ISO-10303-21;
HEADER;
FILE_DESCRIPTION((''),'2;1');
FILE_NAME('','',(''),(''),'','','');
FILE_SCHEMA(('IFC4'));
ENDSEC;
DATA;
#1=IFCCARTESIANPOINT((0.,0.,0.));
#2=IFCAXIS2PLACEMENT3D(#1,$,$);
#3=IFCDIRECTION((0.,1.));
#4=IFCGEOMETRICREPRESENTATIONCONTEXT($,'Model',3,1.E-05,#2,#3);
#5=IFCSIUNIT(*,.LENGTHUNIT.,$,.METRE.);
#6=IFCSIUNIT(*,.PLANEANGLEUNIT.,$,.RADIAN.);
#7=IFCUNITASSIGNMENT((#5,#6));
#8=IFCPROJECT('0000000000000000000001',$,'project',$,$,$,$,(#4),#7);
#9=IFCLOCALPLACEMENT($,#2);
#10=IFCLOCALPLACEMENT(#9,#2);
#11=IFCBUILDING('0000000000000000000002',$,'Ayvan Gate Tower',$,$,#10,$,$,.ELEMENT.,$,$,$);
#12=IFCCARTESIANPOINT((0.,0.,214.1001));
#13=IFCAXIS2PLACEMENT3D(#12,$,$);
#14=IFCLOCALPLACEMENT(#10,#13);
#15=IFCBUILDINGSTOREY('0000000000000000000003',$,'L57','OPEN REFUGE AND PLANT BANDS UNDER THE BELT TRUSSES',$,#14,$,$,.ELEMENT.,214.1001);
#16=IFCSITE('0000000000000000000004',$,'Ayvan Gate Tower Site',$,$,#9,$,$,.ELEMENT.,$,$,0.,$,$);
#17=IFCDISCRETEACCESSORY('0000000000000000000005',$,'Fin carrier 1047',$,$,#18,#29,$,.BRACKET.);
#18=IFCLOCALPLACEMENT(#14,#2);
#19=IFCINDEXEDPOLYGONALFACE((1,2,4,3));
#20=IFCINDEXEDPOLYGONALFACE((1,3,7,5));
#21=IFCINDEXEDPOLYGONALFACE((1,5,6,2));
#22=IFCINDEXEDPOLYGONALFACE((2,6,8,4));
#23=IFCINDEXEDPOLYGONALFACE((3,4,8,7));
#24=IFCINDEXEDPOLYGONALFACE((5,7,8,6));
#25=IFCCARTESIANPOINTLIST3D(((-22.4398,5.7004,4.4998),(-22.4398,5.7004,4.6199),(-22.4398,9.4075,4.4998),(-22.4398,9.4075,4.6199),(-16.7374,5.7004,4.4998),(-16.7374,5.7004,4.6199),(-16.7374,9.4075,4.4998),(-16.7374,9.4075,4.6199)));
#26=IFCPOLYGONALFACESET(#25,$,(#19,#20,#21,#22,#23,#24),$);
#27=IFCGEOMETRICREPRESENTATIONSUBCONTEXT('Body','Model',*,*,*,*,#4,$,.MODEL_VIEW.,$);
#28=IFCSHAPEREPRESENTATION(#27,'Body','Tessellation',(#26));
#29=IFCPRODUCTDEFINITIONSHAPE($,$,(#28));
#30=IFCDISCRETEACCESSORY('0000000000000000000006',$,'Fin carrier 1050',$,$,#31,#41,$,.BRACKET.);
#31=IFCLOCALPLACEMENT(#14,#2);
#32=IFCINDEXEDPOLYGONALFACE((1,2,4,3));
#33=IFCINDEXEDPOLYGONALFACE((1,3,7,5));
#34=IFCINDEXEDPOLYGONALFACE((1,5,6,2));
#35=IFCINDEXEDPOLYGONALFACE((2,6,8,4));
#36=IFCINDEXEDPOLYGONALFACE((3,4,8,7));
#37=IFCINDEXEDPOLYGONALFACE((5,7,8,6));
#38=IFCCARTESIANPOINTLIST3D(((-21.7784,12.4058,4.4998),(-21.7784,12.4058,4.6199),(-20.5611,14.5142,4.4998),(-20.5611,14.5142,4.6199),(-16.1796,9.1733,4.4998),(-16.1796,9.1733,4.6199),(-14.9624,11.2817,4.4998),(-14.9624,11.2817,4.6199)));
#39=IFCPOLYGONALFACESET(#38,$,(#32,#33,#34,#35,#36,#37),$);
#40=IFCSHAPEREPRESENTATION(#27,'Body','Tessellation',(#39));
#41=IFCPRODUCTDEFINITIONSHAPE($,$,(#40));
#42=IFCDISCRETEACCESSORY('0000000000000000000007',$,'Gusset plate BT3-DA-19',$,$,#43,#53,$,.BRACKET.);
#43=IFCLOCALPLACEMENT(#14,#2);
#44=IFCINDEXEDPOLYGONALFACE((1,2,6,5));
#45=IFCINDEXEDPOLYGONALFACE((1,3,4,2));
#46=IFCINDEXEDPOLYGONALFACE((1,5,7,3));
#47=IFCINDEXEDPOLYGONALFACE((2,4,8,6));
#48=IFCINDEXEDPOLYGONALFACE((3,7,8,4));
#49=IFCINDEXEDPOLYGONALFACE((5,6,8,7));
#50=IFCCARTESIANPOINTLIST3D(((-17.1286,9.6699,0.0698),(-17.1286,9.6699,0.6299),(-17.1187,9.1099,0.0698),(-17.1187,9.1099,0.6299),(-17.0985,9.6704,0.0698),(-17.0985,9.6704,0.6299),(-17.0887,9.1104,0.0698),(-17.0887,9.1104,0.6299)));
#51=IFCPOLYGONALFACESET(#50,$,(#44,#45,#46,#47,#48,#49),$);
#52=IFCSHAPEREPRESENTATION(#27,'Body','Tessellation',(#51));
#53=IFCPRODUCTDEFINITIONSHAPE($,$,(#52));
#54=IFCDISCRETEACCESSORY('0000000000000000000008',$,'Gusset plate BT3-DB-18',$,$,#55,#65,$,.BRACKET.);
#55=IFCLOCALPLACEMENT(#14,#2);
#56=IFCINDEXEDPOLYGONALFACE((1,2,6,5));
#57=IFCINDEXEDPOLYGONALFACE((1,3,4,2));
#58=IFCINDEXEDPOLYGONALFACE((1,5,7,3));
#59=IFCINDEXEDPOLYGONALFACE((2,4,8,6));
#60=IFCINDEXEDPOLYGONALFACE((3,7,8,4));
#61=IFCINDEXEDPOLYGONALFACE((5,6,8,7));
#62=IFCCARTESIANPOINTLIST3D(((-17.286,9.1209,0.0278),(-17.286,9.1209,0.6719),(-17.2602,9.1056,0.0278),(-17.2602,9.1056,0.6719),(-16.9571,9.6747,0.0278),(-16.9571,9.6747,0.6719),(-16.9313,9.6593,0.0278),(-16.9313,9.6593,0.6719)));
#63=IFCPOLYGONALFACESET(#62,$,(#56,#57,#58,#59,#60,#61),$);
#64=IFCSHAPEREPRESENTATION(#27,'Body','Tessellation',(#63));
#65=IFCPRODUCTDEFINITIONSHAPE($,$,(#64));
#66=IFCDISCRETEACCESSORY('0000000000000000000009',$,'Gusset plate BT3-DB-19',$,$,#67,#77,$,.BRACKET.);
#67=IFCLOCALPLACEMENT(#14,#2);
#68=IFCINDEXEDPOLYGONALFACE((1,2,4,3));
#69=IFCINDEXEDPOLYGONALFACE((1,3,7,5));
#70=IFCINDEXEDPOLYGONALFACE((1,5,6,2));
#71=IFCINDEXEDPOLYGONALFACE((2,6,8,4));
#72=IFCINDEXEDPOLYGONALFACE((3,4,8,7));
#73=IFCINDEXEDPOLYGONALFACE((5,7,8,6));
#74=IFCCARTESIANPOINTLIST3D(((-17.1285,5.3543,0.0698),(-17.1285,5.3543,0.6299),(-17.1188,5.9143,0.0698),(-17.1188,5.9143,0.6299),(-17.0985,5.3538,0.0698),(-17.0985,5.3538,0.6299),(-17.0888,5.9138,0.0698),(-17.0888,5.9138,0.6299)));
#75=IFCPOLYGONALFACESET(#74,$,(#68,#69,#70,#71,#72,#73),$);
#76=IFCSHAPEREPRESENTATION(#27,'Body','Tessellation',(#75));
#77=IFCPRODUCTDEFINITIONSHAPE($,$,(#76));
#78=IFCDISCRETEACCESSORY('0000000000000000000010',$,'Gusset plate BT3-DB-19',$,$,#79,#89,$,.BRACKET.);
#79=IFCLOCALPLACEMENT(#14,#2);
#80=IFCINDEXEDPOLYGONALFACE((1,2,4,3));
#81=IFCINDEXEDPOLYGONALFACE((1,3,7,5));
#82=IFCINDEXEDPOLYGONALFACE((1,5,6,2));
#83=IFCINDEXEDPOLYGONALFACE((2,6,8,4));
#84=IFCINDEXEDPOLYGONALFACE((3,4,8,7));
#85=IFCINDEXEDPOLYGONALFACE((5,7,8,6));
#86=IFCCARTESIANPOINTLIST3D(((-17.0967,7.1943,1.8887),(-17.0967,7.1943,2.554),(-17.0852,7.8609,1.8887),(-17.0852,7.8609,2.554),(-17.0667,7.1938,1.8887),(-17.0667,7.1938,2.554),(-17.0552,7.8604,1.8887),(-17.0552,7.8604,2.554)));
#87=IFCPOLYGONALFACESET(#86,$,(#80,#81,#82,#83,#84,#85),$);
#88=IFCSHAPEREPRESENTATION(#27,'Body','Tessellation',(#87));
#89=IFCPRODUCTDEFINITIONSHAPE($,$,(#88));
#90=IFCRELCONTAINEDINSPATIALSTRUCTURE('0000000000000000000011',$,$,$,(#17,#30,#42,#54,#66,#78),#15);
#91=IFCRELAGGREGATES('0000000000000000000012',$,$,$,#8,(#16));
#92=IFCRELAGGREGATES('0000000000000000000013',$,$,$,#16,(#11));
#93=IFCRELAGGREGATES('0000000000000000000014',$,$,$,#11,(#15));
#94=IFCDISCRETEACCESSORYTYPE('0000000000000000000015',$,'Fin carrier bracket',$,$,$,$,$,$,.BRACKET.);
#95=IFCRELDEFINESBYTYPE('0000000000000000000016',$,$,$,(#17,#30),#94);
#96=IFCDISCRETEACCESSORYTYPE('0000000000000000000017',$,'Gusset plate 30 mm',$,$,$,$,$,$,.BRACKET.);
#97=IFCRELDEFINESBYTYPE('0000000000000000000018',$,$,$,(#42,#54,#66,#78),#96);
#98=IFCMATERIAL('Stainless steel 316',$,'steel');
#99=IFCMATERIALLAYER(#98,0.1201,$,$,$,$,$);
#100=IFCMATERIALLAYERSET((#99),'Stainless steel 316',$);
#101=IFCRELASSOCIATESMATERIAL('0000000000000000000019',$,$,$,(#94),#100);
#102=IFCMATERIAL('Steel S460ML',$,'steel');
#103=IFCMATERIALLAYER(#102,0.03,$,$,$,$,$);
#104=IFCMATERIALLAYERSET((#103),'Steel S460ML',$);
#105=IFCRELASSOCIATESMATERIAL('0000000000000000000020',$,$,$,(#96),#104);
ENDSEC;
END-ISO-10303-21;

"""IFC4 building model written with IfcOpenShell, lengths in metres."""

from ifc_helpers import new_model, si_unit, direction, frame, origin, origin_2d, place, context, subcontext, project, spatial, rectangle, extrude, material, layer, layer_set, type_object, element, save


model = new_model("IFC4")

# Units and contexts
model_context = context("Model", 3, precision=1e-05, world=origin(), true_north=direction((0.0, 1.0)))
body_context = subcontext(model_context, "Body", "Model", "MODEL_VIEW")
ifc_project = project(units=[si_unit("LENGTHUNIT", "METRE"), si_unit("PLANEANGLEUNIT", "RADIAN")], contexts=[model_context])

# Site, building, storey
site_placement = place(None, origin())
site = spatial("IfcSite", under=ifc_project, at=site_placement, Name="Ayvan Gate Tower Site", CompositionType="ELEMENT", RefElevation=0.0)
building_placement = place(site_placement, origin())
building = spatial("IfcBuilding", under=site, at=building_placement, Name="Ayvan Gate Tower", CompositionType="ELEMENT")
storey_placement = place(building_placement, frame((0.0, 0.0, 214.1001)))
storey = spatial("IfcBuildingStorey", under=building, at=storey_placement, Name="L57", Description="OPEN REFUGE AND PLANT BANDS UNDER THE BELT TRUSSES", CompositionType="ELEMENT", Elevation=214.1001)

# Shared definitions
ifc_material_1 = material(Name="Steel S460ML", Category="steel")

# Discrete accessories
ifc_material_2 = material(Name="Stainless steel 316", Category="steel")
ifc_layer_1 = layer(ifc_material_2, 0.1201)
ifc_layer_set_1 = layer_set([ifc_layer_1], Name="Stainless steel 316")
discrete_accessory_type_1 = type_object("IfcDiscreteAccessoryType", Name="Fin carrier bracket", PredefinedType="BRACKET", material=ifc_layer_set_1)
discrete_accessory_1_placement = place(storey_placement, frame((-19.5886, 7.554, 4.4998), z_axis=(0.0, 0.0, 1.0), x_axis=(0.0, -1.0, 0.0)))
element("IfcDiscreteAccessory", 1, at=discrete_accessory_1_placement, inside=storey, type_object=discrete_accessory_type_1, Name="Fin carrier 1047", PredefinedType="BRACKET", context=body_context, shape_type="SweptSolid", body=[
    extrude(rectangle(XDim=3.707, YDim=5.7024, at=origin_2d()), origin(), (0.0, 0.0, 1.0), 0.1201),
])
discrete_accessory_2_placement = place(storey_placement, frame((-18.3704, 11.8438, 4.4998), z_axis=(0.0, 0.0, 1.0), x_axis=(-0.5, -0.866025, 0.0)))
element("IfcDiscreteAccessory", 2, at=discrete_accessory_2_placement, inside=storey, type_object=discrete_accessory_type_1, Name="Fin carrier 1050", PredefinedType="BRACKET", context=body_context, shape_type="SweptSolid", body=[
    extrude(rectangle(XDim=2.4346, YDim=6.4648, at=origin_2d()), origin(), (0.0, 0.0, 1.0), 0.1201),
])
ifc_layer_2 = layer(ifc_material_1, 0.03)
ifc_layer_set_2 = layer_set([ifc_layer_2], Name="Steel S460ML")
discrete_accessory_type_2 = type_object("IfcDiscreteAccessoryType", Name="Gusset plate 30 mm", PredefinedType="BRACKET", material=ifc_layer_set_2)
discrete_accessory_3_placement = place(storey_placement, frame((-17.1086, 9.3901, 0.0698), z_axis=(0.0, 0.0, 1.0), x_axis=(-0.017529, 0.999846, 0.0)))
element("IfcDiscreteAccessory", 3, at=discrete_accessory_3_placement, inside=storey, type_object=discrete_accessory_type_2, Name="Gusset plate BT3-DA-19", PredefinedType="BRACKET", context=body_context, shape_type="SweptSolid", body=[
    extrude(rectangle(XDim=0.5601, YDim=0.03, at=origin_2d()), origin(), (0.0, 0.0, 1.0), 0.5601),
])
discrete_accessory_4_placement = place(storey_placement, frame((-17.1086, 9.3901, 0.0278), z_axis=(0.0, 0.0, 1.0), x_axis=(0.510637, 0.859796, 0.0)))
element("IfcDiscreteAccessory", 4, at=discrete_accessory_4_placement, inside=storey, type_object=discrete_accessory_type_2, Name="Gusset plate BT3-DB-18", PredefinedType="BRACKET", context=body_context, shape_type="SweptSolid", body=[
    extrude(rectangle(XDim=0.644, YDim=0.03, at=origin_2d()), origin(), (0.0, 0.0, 1.0), 0.644),
])
discrete_accessory_5_placement = place(storey_placement, frame((-17.1086, 5.634, 0.0698), z_axis=(0.0, 0.0, 1.0), x_axis=(0.01725, 0.999851, 0.0)))
element("IfcDiscreteAccessory", 5, at=discrete_accessory_5_placement, inside=storey, type_object=discrete_accessory_type_2, Name="Gusset plate BT3-DB-19", PredefinedType="BRACKET", context=body_context, shape_type="SweptSolid", body=[
    extrude(rectangle(XDim=0.5601, YDim=0.03, at=origin_2d()), origin(), (0.0, 0.0, 1.0), 0.5601),
])
discrete_accessory_6_placement = place(storey_placement, frame((-17.0759, 7.5273, 1.8887), z_axis=(0.0, 0.0, 1.0), x_axis=(0.01725, 0.999851, 0.0)))
element("IfcDiscreteAccessory", 6, at=discrete_accessory_6_placement, inside=storey, type_object=discrete_accessory_type_2, Name="Gusset plate BT3-DB-19", PredefinedType="BRACKET", context=body_context, shape_type="SweptSolid", body=[
    extrude(rectangle(XDim=0.6667, YDim=0.03, at=origin_2d()), origin(), (0.0, 0.0, 1.0), 0.6653),
])

save(model, "model.ifc")
